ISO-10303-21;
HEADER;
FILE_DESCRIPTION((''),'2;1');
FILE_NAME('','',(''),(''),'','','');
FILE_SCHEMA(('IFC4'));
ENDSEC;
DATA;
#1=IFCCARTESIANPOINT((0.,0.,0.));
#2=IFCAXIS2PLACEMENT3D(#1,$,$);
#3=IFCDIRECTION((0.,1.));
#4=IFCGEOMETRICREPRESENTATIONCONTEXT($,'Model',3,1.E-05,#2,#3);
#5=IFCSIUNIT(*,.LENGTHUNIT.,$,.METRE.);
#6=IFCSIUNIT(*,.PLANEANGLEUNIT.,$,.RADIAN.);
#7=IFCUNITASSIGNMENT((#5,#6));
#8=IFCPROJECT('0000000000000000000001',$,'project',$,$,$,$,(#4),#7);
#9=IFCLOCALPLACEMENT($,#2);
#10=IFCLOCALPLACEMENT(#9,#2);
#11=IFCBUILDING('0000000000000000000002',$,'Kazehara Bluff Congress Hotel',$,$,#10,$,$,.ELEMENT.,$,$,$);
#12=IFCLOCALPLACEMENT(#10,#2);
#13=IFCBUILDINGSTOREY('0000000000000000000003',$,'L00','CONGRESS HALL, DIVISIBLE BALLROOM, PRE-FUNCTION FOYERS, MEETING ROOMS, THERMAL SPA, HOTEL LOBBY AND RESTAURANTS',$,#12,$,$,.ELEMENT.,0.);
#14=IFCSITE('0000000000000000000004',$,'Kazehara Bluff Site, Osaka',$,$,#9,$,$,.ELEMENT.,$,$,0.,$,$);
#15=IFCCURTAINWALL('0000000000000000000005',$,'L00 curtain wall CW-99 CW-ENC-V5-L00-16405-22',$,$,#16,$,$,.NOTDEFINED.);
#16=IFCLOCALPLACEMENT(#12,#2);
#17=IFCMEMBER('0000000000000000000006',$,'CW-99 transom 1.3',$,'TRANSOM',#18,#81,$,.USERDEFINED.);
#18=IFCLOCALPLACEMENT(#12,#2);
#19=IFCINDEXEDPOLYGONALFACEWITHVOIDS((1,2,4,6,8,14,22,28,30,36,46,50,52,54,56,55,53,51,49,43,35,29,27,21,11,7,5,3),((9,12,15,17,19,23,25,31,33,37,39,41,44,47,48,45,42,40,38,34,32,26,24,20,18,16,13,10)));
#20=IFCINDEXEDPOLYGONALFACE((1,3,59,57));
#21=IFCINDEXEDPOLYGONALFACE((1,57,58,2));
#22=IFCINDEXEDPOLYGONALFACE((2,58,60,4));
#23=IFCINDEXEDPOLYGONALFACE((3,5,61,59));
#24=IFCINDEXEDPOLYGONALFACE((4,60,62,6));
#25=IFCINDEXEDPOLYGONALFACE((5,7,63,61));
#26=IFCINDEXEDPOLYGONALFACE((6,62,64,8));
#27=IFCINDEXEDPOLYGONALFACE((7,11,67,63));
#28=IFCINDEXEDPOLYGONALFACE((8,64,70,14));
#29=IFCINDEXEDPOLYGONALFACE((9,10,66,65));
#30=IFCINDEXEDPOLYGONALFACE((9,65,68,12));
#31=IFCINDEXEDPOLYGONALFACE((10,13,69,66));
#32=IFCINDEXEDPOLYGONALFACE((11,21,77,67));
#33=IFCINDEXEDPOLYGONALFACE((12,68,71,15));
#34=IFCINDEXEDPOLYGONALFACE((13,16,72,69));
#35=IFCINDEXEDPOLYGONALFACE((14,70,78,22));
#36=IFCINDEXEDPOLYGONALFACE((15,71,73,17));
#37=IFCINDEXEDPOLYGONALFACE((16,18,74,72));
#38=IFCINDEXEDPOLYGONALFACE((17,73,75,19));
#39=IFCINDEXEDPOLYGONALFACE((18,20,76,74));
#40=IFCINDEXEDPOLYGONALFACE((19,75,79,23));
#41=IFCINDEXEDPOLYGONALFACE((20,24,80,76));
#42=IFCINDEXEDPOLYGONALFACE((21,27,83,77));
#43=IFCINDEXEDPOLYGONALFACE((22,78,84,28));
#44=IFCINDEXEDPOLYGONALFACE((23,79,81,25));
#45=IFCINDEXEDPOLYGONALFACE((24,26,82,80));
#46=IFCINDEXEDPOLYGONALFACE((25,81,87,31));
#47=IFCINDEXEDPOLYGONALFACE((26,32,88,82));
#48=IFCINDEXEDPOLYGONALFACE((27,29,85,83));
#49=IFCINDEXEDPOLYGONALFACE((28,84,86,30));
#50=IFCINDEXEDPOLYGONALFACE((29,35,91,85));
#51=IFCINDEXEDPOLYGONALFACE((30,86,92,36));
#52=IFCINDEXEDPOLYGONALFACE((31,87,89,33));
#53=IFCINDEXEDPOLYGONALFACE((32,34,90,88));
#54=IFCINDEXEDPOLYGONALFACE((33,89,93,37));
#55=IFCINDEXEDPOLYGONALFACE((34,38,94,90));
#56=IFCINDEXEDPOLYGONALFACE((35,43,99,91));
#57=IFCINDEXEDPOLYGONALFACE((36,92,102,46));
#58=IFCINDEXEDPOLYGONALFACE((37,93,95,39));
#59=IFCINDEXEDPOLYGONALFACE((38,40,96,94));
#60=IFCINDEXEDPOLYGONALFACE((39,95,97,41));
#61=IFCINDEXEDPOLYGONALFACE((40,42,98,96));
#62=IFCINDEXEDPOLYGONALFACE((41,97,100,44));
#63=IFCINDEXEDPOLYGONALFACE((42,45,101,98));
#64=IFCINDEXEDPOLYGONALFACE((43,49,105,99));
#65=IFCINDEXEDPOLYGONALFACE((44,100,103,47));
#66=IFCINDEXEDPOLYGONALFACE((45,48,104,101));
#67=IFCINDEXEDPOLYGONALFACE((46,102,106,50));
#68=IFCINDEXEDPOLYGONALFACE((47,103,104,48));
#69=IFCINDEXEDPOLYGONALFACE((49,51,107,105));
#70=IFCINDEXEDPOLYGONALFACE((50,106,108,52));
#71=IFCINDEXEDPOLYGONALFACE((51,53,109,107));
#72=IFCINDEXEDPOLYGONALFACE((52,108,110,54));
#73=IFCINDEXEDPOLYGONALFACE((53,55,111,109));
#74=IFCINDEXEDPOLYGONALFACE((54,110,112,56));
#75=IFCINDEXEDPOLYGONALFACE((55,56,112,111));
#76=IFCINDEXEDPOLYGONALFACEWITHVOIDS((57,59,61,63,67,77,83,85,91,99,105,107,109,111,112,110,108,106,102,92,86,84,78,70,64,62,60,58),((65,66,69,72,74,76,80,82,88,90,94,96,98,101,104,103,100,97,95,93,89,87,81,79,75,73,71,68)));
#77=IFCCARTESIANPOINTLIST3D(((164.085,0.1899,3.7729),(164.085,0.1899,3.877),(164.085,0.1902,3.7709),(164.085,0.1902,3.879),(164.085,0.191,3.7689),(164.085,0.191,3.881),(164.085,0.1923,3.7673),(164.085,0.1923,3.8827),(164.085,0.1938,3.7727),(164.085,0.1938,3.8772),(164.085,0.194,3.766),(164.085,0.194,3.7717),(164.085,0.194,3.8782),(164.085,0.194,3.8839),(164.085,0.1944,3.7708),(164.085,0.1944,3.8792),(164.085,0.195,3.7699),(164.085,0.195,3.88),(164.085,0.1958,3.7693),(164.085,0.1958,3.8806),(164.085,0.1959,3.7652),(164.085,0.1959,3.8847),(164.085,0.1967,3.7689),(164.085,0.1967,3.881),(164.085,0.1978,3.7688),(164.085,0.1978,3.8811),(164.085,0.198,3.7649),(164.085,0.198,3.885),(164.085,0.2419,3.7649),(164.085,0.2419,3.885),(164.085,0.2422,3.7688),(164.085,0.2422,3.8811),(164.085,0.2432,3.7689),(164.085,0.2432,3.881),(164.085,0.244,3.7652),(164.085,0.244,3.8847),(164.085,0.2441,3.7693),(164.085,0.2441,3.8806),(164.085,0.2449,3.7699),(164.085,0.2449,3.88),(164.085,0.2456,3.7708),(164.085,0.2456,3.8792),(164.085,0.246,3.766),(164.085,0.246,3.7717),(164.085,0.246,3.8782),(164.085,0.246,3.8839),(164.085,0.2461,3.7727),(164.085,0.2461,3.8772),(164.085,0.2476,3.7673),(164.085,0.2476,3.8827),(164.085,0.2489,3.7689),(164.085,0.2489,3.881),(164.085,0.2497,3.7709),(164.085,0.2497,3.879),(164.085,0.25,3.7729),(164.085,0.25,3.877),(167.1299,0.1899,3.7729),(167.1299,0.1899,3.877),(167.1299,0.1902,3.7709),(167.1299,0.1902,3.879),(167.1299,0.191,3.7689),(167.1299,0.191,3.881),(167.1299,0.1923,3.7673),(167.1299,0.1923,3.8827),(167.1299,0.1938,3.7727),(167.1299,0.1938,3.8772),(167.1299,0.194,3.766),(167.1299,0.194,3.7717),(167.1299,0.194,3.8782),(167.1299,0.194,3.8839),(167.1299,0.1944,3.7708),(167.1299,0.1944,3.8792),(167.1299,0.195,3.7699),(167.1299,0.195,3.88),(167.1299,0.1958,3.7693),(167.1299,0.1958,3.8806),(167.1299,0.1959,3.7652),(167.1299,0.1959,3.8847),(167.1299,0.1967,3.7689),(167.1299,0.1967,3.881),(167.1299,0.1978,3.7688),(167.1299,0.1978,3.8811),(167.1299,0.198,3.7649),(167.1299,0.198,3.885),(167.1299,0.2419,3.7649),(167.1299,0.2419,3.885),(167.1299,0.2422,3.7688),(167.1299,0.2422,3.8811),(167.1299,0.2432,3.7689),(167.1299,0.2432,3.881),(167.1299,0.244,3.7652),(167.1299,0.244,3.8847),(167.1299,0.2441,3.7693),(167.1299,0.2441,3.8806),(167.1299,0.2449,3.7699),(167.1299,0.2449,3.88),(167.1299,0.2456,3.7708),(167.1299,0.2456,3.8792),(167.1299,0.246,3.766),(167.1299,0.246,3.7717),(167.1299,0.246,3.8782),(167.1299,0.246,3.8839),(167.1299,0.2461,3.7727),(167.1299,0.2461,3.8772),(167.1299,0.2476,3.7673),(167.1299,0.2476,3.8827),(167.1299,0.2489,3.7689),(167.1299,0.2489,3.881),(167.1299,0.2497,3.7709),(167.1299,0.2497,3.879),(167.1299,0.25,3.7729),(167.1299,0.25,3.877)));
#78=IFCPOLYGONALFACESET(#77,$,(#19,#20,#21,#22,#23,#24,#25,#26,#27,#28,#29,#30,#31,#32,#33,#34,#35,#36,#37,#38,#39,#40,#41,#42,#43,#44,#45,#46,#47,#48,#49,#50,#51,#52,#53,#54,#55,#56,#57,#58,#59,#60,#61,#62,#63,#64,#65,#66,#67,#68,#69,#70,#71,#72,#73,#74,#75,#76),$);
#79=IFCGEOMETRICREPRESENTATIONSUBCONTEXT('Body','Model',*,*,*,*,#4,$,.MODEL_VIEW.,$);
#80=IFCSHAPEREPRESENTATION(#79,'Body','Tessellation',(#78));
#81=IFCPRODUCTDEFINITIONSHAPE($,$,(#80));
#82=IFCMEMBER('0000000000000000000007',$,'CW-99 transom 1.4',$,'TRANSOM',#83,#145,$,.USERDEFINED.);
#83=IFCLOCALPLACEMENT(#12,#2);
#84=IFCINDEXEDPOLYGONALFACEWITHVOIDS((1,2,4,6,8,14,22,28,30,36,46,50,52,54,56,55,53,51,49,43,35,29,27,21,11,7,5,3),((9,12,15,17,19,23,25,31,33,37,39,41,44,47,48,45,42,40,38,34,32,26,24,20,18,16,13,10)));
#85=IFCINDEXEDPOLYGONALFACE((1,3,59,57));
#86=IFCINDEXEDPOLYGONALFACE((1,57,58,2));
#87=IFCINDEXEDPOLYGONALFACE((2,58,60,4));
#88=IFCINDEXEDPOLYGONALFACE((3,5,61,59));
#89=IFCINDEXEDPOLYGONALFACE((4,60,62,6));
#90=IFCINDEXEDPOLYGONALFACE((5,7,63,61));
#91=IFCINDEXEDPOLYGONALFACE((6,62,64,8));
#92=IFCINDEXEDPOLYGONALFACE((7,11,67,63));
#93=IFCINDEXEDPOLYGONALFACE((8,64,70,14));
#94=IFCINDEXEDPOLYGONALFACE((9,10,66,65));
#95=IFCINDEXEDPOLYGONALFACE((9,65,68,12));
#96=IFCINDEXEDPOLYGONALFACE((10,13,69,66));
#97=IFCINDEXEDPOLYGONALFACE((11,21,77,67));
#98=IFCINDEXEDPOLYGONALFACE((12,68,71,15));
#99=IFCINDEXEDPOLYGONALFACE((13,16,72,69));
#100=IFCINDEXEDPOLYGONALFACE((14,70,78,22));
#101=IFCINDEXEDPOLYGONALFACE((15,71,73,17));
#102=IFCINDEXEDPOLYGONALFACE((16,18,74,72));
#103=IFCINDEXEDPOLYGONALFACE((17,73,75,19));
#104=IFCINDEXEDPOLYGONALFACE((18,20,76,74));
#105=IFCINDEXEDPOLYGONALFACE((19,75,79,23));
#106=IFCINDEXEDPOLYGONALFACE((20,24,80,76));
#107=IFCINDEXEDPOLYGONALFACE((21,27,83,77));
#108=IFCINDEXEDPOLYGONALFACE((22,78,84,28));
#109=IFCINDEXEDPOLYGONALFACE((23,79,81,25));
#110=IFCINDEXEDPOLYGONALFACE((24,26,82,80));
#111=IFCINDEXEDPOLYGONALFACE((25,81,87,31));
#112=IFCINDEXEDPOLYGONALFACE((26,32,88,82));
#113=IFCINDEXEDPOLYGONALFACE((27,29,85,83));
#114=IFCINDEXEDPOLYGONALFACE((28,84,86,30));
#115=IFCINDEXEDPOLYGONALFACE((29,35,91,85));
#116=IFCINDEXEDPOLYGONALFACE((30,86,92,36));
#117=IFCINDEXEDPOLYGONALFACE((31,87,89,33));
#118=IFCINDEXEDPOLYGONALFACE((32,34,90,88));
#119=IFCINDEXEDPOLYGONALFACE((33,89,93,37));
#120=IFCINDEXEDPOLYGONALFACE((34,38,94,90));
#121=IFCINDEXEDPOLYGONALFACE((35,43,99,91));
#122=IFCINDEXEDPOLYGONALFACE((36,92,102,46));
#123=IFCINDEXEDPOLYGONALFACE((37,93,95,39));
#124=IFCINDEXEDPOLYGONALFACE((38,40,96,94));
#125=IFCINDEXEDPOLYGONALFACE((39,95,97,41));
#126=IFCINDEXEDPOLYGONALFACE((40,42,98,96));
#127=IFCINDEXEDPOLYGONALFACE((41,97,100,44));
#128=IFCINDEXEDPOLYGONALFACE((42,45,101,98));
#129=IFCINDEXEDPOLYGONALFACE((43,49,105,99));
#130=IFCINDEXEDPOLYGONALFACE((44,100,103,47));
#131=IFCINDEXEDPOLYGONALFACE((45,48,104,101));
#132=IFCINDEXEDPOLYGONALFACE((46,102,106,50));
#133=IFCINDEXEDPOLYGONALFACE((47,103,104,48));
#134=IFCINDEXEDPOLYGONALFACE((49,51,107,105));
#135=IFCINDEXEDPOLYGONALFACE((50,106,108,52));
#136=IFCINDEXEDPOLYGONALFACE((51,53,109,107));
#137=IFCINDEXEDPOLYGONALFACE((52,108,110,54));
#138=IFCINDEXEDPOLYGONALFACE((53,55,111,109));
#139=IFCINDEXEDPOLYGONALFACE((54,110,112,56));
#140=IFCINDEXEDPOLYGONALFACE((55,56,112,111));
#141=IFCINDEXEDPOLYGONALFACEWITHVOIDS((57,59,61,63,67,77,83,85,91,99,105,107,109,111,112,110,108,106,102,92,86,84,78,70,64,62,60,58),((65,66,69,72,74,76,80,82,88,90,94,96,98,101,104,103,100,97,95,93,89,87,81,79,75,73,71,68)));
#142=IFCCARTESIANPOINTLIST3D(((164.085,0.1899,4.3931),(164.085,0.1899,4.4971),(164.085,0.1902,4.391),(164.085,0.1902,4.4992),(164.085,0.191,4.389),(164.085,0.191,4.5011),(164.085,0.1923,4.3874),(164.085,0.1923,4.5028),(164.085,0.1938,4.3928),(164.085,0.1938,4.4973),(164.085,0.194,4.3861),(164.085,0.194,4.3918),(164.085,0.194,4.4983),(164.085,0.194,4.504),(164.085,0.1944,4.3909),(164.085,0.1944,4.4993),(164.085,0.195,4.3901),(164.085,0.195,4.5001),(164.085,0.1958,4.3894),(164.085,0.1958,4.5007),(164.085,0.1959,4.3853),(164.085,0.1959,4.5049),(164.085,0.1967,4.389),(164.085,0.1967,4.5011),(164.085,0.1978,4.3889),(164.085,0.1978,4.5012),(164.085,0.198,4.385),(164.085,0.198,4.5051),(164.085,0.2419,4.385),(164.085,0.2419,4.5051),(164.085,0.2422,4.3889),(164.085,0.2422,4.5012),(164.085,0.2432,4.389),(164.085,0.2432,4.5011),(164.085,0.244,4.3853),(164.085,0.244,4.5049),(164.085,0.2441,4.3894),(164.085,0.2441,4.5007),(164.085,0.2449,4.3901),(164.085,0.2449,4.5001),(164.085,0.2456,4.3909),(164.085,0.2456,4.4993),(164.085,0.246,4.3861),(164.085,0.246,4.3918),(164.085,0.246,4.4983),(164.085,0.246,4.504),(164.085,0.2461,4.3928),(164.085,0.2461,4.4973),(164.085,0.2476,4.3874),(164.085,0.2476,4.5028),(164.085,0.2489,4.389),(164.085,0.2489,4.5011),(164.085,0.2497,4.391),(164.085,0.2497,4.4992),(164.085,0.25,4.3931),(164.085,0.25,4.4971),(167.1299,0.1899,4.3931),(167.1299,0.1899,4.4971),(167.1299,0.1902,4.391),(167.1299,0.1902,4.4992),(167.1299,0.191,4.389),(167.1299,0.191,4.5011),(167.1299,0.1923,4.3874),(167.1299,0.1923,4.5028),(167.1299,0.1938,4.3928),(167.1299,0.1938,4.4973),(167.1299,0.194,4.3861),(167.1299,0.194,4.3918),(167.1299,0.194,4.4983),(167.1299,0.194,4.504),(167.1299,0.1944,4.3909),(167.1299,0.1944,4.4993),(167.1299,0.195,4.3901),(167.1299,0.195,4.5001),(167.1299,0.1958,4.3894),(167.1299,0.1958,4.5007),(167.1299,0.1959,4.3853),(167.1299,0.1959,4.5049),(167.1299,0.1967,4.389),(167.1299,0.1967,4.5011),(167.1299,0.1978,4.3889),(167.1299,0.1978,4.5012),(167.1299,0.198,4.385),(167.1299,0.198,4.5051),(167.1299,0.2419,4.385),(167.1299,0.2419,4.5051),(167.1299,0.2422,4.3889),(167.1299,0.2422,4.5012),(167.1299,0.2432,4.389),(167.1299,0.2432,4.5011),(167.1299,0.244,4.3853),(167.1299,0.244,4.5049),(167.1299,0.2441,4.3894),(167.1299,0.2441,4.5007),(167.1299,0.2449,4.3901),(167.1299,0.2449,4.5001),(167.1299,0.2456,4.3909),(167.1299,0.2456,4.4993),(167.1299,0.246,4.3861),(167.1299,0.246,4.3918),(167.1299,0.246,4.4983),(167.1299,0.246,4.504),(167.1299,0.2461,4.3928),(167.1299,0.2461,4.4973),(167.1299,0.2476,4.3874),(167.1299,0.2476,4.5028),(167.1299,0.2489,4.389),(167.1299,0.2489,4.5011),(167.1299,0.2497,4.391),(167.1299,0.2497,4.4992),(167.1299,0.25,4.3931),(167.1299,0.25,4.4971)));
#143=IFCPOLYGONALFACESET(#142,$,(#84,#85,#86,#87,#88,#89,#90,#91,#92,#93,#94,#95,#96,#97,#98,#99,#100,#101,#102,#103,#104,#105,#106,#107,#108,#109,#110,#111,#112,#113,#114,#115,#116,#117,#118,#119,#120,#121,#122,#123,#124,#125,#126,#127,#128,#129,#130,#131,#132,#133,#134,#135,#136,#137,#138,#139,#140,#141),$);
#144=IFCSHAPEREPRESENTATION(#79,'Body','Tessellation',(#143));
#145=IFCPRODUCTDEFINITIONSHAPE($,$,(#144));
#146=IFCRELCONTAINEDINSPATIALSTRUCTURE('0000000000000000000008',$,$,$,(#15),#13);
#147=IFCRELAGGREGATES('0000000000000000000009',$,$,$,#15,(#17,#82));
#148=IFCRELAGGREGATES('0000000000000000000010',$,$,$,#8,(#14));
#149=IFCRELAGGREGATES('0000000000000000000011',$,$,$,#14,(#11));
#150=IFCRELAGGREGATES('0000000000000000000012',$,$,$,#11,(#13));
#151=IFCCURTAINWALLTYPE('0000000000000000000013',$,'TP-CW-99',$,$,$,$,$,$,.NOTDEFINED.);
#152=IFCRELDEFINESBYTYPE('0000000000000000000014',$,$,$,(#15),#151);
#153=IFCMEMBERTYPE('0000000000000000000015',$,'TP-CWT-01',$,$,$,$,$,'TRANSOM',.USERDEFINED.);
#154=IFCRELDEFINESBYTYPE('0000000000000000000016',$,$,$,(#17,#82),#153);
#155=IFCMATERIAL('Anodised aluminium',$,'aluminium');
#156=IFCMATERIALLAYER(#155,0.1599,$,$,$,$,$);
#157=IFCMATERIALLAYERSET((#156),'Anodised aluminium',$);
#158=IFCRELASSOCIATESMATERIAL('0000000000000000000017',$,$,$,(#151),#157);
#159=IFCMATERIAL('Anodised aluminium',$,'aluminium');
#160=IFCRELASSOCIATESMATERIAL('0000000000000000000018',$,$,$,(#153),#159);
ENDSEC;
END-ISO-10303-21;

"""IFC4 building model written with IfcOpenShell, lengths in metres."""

from ifc_helpers import new_model, si_unit, direction, frame, origin, origin_2d, place, context, subcontext, project, spatial, hollow_rectangle, extrude, material, layer, layer_set, material_profile, profile_set, type_object, element, aggregate, save


model = new_model("IFC4")

# Units and contexts
model_context = context("Model", 3, precision=1e-05, world=origin(), true_north=direction((0.0, 1.0)))
body_context = subcontext(model_context, "Body", "Model", "MODEL_VIEW")
ifc_project = project(units=[si_unit("LENGTHUNIT", "METRE"), si_unit("PLANEANGLEUNIT", "RADIAN")], contexts=[model_context])

# Site, building, storey
site_placement = place(None, origin())
site = spatial("IfcSite", under=ifc_project, at=site_placement, Name="Kazehara Bluff Site, Osaka", CompositionType="ELEMENT", RefElevation=0.0)
building_placement = place(site_placement, origin())
building = spatial("IfcBuilding", under=site, at=building_placement, Name="Kazehara Bluff Congress Hotel", CompositionType="ELEMENT")
storey_placement = place(building_placement, origin())
storey = spatial("IfcBuildingStorey", under=building, at=storey_placement, Name="L00", Description="CONGRESS HALL, DIVISIBLE BALLROOM, PRE-FUNCTION FOYERS, MEETING ROOMS, THERMAL SPA, HOTEL LOBBY AND RESTAURANTS", CompositionType="ELEMENT", Elevation=0.0)

# Curtain wall, members
ifc_material_1 = material(Name="Anodised aluminium", Category="aluminium")
ifc_layer_1 = layer(ifc_material_1, 0.1599)
ifc_layer_set_1 = layer_set([ifc_layer_1], Name="Anodised aluminium")
curtain_wall_type = type_object("IfcCurtainWallType", Name="TP-CW-99", PredefinedType="NOTDEFINED", material=ifc_layer_set_1)
curtain_wall_placement = place(storey_placement, origin())
curtain_wall = element("IfcCurtainWall", 1, at=curtain_wall_placement, inside=storey, type_object=curtain_wall_type, Name="L00 curtain wall CW-99 CW-ENC-V5-L00-16405-22", PredefinedType="NOTDEFINED")
ifc_material_2 = material(Name="Anodised aluminium", Category="aluminium")
ifc_material_profile_1 = material_profile(ifc_material_2, hollow_rectangle(XDim=0.0601, YDim=0.1201, WallThickness=0.0039, InnerFilletRadius=0.0039, OuterFilletRadius=0.0081, at=origin_2d()))
ifc_profile_set_1 = profile_set([ifc_material_profile_1], Name="Anodised aluminium")
member_type_1 = type_object("IfcMemberType", Name="TP-CWT-01", ElementType="TRANSOM", PredefinedType="USERDEFINED", material=ifc_profile_set_1)
member_1_placement = place(storey_placement, frame((167.1299, 0.22, 3.825), z_axis=(-1.0, 0.0, 0.0), x_axis=(0.0, -1.0, 0.0)))
member_1 = element("IfcMember", 2, at=member_1_placement, type_object=member_type_1, Name="CW-99 transom 1.3", ObjectType="TRANSOM", PredefinedType="USERDEFINED", context=body_context, shape_type="SweptSolid", body=[
    extrude(hollow_rectangle(XDim=0.0601, YDim=0.1201, WallThickness=0.0039, InnerFilletRadius=0.0039, OuterFilletRadius=0.0081, at=origin_2d()), origin(), (0.0, 0.0, 1.0), 3.0449),
])
member_2_placement = place(storey_placement, frame((167.1299, 0.22, 4.4451), z_axis=(-1.0, 0.0, 0.0), x_axis=(0.0, -1.0, 0.0)))
member_2 = element("IfcMember", 3, at=member_2_placement, type_object=member_type_1, Name="CW-99 transom 1.4", ObjectType="TRANSOM", PredefinedType="USERDEFINED", context=body_context, shape_type="SweptSolid", body=[
    extrude(hollow_rectangle(XDim=0.0601, YDim=0.1201, WallThickness=0.0039, InnerFilletRadius=0.0039, OuterFilletRadius=0.0081, at=origin_2d()), origin(), (0.0, 0.0, 1.0), 3.0449),
])

aggregate(curtain_wall, [member_1, member_2])

save(model, "model.ifc")
